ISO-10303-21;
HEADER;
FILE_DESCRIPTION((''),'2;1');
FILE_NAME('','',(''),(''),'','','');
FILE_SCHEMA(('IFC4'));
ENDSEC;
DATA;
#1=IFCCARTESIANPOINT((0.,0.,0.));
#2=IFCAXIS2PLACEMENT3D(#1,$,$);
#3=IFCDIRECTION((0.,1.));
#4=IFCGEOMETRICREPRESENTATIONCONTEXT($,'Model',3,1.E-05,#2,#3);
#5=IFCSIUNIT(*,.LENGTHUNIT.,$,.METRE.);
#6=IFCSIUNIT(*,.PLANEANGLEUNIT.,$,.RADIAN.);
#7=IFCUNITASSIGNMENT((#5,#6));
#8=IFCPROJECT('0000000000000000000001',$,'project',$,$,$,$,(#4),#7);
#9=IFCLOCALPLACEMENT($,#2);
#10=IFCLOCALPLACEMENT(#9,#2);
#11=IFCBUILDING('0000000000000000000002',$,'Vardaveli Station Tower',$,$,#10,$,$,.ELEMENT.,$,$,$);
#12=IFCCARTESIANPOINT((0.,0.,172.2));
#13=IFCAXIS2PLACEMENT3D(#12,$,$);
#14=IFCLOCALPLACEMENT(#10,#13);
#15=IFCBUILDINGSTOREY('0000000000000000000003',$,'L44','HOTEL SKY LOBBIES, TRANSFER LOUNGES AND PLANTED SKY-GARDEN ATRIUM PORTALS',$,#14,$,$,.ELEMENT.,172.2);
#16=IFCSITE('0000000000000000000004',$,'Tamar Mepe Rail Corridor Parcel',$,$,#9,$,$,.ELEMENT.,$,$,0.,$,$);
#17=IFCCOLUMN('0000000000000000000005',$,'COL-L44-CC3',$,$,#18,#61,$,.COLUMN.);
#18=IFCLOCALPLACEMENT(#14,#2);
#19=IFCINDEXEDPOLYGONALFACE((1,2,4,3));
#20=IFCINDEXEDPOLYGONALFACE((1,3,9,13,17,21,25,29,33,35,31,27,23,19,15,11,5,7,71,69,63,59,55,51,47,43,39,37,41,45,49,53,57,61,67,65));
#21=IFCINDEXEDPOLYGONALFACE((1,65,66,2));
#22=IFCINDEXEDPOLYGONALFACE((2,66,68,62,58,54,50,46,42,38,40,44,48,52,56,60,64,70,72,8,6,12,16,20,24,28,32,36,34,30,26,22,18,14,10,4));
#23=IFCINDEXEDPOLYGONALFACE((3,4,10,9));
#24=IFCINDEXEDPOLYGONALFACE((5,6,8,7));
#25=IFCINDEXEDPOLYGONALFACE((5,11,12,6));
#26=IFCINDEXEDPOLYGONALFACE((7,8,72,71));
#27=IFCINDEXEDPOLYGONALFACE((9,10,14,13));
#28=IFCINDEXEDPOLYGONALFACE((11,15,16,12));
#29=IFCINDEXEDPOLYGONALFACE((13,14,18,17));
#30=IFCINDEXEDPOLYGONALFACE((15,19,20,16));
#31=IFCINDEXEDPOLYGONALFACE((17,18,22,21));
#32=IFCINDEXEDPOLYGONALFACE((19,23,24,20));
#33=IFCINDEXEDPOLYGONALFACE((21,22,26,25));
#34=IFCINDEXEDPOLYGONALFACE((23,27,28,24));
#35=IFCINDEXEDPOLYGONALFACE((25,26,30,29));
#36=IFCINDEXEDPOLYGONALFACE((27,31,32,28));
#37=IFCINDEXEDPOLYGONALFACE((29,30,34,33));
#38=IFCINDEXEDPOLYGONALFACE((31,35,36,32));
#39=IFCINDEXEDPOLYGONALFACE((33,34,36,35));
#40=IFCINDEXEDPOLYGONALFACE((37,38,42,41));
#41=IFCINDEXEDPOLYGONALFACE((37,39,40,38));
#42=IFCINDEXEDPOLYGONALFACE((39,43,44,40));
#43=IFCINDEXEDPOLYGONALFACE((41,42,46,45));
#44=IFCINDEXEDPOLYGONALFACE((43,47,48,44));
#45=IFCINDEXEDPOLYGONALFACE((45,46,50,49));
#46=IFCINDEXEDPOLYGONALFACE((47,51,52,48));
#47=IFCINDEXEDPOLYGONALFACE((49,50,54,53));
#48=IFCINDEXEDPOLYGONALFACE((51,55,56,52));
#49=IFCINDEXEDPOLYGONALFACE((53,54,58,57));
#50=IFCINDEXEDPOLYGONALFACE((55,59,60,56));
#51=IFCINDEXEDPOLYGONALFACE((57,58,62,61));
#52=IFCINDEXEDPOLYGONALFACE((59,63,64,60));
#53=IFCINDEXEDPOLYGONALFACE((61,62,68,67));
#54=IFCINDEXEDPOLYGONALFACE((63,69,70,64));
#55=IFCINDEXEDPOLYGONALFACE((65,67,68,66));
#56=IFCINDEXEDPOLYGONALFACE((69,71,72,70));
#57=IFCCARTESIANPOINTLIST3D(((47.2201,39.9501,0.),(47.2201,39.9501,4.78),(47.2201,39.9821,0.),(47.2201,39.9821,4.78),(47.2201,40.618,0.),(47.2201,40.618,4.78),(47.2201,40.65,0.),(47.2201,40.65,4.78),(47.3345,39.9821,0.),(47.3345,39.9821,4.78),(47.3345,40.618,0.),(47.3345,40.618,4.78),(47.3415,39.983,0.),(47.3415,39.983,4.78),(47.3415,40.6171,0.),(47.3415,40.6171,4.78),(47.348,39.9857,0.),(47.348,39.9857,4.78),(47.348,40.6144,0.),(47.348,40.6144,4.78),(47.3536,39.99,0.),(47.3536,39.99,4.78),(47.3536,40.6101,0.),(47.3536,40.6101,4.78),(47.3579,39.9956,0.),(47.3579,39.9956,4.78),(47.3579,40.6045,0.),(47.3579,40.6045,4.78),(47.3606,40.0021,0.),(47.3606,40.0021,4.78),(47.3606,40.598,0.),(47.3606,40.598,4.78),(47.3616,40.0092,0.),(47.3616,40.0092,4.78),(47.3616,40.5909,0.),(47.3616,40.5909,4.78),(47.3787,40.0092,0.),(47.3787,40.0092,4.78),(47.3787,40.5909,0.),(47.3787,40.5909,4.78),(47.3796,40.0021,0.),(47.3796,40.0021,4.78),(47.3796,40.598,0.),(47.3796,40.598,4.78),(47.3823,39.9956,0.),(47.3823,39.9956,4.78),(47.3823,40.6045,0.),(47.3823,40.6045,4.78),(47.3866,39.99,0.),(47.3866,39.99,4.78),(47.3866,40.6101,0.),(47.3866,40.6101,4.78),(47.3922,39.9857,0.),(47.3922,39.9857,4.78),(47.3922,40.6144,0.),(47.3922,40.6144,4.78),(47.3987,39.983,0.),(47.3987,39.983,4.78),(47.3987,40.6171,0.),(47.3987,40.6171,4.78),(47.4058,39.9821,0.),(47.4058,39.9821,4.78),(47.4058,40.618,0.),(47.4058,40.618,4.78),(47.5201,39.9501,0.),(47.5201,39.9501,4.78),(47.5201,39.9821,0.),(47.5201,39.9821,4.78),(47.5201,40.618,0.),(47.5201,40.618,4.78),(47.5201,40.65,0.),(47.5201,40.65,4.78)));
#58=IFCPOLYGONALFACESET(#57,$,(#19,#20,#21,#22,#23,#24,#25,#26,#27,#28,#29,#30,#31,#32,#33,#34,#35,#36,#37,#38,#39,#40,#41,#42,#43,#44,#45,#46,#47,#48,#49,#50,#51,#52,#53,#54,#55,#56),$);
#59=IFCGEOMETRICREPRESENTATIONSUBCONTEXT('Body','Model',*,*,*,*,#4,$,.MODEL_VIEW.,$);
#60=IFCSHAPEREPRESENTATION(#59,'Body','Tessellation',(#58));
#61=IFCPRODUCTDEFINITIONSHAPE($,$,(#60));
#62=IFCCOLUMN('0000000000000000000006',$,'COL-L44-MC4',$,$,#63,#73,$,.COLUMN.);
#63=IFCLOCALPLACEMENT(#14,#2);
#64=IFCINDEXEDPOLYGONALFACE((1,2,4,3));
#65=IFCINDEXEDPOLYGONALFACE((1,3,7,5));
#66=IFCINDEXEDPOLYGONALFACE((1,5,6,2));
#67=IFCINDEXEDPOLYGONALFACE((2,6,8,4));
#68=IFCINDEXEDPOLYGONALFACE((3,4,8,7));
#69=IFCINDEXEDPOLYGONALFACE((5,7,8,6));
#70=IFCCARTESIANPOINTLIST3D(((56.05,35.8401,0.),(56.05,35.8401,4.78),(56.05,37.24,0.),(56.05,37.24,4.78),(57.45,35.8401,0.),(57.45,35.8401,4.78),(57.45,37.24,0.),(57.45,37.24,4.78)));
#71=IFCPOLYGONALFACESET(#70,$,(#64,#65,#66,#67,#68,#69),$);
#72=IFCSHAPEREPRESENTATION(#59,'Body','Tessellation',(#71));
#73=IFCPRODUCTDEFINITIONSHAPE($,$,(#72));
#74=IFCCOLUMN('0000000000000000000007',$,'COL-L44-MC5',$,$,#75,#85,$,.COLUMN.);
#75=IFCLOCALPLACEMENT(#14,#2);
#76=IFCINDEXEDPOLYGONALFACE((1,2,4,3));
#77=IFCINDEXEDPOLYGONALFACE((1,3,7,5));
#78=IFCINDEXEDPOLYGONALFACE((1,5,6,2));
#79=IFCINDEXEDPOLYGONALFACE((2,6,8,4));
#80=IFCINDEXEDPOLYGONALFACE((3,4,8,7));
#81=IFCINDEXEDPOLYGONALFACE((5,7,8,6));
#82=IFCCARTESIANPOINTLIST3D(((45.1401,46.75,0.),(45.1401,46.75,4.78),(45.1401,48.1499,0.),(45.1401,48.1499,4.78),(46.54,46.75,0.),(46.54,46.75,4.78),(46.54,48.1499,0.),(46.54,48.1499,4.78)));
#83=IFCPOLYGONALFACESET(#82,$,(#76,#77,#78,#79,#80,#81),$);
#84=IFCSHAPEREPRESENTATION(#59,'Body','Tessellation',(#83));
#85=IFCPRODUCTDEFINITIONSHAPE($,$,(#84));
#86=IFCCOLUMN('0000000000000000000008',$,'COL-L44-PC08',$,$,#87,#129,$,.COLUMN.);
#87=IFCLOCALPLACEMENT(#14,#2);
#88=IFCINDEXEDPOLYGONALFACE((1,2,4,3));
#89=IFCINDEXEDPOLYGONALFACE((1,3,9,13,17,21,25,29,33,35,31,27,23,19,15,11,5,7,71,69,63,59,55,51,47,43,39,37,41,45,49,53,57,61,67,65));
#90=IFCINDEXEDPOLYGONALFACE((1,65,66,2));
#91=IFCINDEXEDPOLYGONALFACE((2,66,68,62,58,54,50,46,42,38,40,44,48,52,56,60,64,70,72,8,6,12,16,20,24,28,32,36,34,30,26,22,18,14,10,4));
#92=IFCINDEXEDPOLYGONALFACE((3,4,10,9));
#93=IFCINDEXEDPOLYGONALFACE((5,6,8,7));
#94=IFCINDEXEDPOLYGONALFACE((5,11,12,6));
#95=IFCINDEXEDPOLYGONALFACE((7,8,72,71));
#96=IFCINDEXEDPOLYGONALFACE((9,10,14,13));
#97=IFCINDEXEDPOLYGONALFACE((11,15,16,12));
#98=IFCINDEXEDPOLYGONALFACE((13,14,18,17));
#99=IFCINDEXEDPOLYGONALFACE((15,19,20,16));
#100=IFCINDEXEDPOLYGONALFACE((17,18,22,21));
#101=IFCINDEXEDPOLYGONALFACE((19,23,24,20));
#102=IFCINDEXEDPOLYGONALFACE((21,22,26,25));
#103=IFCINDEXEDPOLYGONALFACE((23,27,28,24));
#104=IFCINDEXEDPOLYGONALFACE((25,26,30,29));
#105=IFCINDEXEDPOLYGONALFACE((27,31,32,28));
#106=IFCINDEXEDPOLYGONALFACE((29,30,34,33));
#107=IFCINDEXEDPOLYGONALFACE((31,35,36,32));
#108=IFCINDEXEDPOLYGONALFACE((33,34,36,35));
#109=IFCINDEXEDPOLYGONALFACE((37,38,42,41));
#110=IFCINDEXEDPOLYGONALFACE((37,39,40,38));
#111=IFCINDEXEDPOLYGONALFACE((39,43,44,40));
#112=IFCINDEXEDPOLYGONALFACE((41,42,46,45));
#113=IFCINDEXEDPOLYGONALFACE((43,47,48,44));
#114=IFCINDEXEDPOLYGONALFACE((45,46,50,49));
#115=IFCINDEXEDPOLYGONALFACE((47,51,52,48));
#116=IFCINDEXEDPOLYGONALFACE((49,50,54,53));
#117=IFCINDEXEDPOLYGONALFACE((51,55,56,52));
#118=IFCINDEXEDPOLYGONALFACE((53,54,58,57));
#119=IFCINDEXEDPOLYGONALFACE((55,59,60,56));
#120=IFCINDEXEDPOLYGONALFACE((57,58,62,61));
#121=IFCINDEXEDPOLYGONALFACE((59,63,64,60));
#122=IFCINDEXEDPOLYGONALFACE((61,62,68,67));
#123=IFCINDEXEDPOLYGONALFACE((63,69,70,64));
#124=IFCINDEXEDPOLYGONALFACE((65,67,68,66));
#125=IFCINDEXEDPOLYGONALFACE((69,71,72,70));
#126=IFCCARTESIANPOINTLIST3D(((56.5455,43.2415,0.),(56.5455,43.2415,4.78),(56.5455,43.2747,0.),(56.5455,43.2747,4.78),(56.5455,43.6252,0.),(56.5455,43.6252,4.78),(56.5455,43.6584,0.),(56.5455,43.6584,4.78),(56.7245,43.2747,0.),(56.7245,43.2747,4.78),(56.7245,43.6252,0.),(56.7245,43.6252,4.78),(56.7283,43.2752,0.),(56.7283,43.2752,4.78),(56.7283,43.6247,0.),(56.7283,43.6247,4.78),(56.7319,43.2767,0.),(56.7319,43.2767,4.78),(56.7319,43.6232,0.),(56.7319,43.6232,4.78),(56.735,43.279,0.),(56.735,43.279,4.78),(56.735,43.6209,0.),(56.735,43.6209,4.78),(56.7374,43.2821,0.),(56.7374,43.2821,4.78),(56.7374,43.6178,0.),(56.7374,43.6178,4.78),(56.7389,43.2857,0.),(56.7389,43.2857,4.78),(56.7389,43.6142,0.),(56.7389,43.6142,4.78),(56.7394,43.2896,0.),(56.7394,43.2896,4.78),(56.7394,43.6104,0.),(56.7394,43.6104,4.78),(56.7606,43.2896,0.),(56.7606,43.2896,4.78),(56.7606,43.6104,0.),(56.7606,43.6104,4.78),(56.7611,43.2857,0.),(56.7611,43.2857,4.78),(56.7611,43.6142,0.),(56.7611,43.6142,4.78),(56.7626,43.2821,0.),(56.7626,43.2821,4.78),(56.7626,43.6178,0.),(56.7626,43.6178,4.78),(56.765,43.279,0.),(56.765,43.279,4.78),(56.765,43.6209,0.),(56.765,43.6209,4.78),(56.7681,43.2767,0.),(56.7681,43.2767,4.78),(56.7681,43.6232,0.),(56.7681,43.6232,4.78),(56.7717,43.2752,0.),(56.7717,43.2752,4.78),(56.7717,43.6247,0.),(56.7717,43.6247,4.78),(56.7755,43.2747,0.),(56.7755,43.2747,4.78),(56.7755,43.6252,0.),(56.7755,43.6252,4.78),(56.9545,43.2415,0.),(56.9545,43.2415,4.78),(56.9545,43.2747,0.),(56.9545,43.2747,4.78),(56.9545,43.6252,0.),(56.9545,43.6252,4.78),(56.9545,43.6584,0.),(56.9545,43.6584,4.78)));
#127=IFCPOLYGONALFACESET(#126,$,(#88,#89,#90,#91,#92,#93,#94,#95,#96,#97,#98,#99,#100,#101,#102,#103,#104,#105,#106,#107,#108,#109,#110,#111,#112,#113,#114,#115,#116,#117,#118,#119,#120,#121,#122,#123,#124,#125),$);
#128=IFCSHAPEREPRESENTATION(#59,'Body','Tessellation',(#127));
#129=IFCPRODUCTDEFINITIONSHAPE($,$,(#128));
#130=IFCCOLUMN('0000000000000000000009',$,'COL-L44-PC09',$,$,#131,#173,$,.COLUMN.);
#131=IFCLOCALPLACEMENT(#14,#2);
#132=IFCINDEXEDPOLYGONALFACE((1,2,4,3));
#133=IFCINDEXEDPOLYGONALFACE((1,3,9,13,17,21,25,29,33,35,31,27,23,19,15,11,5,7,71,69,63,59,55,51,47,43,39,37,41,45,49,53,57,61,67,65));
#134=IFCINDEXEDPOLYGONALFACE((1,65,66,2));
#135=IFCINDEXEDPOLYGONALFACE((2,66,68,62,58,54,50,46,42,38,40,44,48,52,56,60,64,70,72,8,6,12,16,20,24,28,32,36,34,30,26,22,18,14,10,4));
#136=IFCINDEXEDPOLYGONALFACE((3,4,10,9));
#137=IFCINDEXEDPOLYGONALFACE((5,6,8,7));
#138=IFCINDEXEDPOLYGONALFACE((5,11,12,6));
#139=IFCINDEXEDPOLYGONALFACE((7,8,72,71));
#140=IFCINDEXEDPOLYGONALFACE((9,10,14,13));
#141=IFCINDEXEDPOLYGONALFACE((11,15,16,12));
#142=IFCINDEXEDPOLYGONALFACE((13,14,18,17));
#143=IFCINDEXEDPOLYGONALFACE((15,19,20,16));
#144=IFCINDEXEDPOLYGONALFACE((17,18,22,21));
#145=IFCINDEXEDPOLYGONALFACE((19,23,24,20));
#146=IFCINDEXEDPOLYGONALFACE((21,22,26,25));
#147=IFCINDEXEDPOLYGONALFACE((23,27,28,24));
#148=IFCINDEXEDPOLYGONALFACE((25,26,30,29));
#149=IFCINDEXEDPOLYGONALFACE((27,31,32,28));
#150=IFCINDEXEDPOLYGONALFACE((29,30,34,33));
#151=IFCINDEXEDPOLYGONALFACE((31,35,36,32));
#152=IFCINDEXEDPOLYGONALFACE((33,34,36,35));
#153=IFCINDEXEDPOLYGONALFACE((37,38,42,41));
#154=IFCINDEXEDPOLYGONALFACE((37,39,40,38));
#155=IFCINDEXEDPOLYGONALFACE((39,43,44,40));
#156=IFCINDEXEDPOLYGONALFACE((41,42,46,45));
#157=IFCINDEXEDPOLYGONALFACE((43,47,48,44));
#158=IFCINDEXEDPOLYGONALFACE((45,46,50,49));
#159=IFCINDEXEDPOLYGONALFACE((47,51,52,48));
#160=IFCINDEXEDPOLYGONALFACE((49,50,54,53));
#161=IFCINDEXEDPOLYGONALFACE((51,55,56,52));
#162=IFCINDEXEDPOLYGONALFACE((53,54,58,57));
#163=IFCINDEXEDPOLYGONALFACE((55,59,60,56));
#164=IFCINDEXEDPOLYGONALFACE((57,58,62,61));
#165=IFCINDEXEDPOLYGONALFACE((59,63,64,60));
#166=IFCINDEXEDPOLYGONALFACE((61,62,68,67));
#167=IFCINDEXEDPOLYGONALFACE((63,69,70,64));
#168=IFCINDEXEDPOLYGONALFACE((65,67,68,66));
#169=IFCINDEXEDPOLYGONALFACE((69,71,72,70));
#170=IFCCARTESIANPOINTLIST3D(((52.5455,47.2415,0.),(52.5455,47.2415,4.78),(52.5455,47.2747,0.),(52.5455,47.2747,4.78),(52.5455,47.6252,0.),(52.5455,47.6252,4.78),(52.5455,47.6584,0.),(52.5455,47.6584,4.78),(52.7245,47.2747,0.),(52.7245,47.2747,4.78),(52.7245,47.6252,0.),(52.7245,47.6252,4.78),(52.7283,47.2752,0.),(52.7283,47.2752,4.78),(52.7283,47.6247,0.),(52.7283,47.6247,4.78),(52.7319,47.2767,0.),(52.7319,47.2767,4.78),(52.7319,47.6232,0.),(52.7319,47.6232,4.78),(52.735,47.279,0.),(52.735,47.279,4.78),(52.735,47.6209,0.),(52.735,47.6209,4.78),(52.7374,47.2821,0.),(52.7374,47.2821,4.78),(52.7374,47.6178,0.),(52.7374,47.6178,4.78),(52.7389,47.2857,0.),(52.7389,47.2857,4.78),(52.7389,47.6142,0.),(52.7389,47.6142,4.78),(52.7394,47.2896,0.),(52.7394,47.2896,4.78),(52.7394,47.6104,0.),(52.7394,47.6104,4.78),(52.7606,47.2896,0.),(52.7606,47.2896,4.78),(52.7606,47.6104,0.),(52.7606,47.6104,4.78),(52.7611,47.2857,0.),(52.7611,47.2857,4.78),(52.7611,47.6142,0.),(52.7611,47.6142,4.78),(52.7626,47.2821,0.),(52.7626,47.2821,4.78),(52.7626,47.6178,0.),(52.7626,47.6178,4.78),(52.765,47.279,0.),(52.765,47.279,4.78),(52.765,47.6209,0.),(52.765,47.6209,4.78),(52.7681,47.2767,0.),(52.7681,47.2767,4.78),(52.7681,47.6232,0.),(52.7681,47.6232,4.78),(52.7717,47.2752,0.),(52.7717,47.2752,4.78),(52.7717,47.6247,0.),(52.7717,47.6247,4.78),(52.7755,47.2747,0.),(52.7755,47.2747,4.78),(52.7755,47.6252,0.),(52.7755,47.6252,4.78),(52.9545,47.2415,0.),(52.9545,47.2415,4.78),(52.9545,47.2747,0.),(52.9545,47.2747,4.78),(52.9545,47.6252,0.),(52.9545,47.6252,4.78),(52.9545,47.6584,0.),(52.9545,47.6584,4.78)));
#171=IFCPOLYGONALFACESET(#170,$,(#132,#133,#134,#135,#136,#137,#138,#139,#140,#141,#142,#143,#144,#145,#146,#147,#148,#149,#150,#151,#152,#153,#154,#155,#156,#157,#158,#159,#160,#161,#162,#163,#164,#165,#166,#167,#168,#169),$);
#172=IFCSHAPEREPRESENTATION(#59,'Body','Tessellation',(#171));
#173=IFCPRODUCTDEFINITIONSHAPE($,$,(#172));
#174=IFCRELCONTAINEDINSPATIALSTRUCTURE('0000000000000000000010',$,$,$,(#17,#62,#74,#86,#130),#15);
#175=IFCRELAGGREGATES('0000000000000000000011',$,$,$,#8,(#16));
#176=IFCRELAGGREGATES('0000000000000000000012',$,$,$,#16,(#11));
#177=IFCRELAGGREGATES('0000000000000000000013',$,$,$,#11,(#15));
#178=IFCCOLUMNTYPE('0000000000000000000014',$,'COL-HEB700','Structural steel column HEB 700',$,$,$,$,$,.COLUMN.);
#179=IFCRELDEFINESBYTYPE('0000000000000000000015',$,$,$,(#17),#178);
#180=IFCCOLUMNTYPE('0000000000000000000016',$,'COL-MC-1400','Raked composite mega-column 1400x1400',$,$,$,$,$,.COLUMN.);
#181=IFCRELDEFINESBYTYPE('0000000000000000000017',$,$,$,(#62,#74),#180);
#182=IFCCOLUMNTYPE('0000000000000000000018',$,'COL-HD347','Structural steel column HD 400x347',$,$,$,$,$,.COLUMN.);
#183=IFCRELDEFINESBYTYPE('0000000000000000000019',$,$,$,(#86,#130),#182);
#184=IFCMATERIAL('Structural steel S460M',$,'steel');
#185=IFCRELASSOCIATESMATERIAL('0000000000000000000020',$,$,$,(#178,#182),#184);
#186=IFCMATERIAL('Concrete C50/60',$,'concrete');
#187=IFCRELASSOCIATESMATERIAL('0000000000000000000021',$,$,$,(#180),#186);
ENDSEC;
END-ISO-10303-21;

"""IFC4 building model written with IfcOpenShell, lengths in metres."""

from ifc_helpers import new_model, si_unit, direction, frame, origin, origin_2d, place, context, subcontext, project, spatial, rectangle, i_section, extrude, source, transform, mapped, material, material_profile, profile_set, type_object, element, save


model = new_model("IFC4")

# Units and contexts
model_context = context("Model", 3, precision=1e-05, world=origin(), true_north=direction((0.0, 1.0)))
body_context = subcontext(model_context, "Body", "Model", "MODEL_VIEW")
ifc_project = project(units=[si_unit("LENGTHUNIT", "METRE"), si_unit("PLANEANGLEUNIT", "RADIAN")], contexts=[model_context])

# Site, building, storey
site_placement = place(None, origin())
site = spatial("IfcSite", under=ifc_project, at=site_placement, Name="Tamar Mepe Rail Corridor Parcel", CompositionType="ELEMENT", RefElevation=0.0)
building_placement = place(site_placement, origin())
building = spatial("IfcBuilding", under=site, at=building_placement, Name="Vardaveli Station Tower", CompositionType="ELEMENT")
storey_placement = place(building_placement, frame((0.0, 0.0, 172.2)))
storey = spatial("IfcBuildingStorey", under=building, at=storey_placement, Name="L44", Description="HOTEL SKY LOBBIES, TRANSFER LOUNGES AND PLANTED SKY-GARDEN ATRIUM PORTALS", CompositionType="ELEMENT", Elevation=172.2)

# Columns
ifc_material_1 = material(Name="Structural steel S460M", Category="steel")
ifc_material_profile_1 = material_profile(ifc_material_1, i_section(OverallWidth=0.3, OverallDepth=0.7, WebThickness=0.0171, FlangeThickness=0.032, FilletRadius=0.0271, at=origin_2d()), Name="HEB 700")
ifc_profile_set_1 = profile_set([ifc_material_profile_1], Name="Structural steel S460M")
column_type_1 = type_object("IfcColumnType", Name="COL-HEB700", Description="Structural steel column HEB 700", PredefinedType="COLUMN", material=ifc_profile_set_1)
shared_shape_1 = source(origin(), body_context, "Body", "SweptSolid", [
    extrude(i_section(OverallWidth=0.3, OverallDepth=0.7, WebThickness=0.0171, FlangeThickness=0.032, FilletRadius=0.0271, at=origin_2d()), origin(), (0.0, 0.0, 1.0), 4.78),
])
column_placement = place(storey_placement, frame((47.3701, 40.3, 0.0), z_axis=(0.0, 0.0, 1.0), x_axis=(1.0, 0.0, 0.0)))
element("IfcColumn", 1, at=column_placement, inside=storey, type_object=column_type_1, Name="COL-L44-CC3", PredefinedType="COLUMN", context=body_context, shape_type="MappedRepresentation", body=[
    mapped(shared_shape_1, transform((0.0, 0.0, 0.0), scale=1.0)),
])
ifc_material_2 = material(Name="Concrete C50/60", Category="concrete")
ifc_material_profile_2 = material_profile(ifc_material_2, rectangle(XDim=1.3999, YDim=1.3999, at=origin_2d()), Name="MC 1400x1400")
ifc_profile_set_2 = profile_set([ifc_material_profile_2], Name="Concrete C50/60")
column_type_2 = type_object("IfcColumnType", Name="COL-MC-1400", Description="Raked composite mega-column 1400x1400", PredefinedType="COLUMN", material=ifc_profile_set_2)
shared_shape_2 = source(origin(), body_context, "Body", "SweptSolid", [
    extrude(rectangle(XDim=1.3999, YDim=1.3999, at=origin_2d()), origin(), (0.0, 0.0, 1.0), 4.78),
])
for number, where, z_axis, x_axis, name in (
    (2, (56.75, 36.54, 0.0), (0.0, 0.0, 1.0), (1.0, 0.0, 0.0), "COL-L44-MC4"),
    (3, (45.8401, 47.45, 0.0), (0.0, 0.0, 1.0), (1.0, 0.0, 0.0), "COL-L44-MC5"),
):
    element("IfcColumn", number, at=place(storey_placement, frame(where, z_axis=z_axis, x_axis=x_axis)), inside=storey, type_object=column_type_2, Name=name, PredefinedType="COLUMN", context=body_context, shape_type="MappedRepresentation", body=[
        mapped(shared_shape_2, transform((0.0, 0.0, 0.0), scale=1.0)),
    ])
ifc_material_profile_3 = material_profile(ifc_material_1, i_section(OverallWidth=0.4089, OverallDepth=0.417, WebThickness=0.0212, FlangeThickness=0.0332, FilletRadius=0.0149, at=origin_2d()), Name="HD 400x347")
ifc_profile_set_3 = profile_set([ifc_material_profile_3], Name="Structural steel S460M")
column_type_3 = type_object("IfcColumnType", Name="COL-HD347", Description="Structural steel column HD 400x347", PredefinedType="COLUMN", material=ifc_profile_set_3)
shared_shape_3 = source(origin(), body_context, "Body", "SweptSolid", [
    extrude(i_section(OverallWidth=0.4089, OverallDepth=0.417, WebThickness=0.0212, FlangeThickness=0.0332, FilletRadius=0.0149, at=origin_2d()), origin(), (0.0, 0.0, 1.0), 4.78),
])
for number, where, z_axis, x_axis, name in (
    (4, (56.75, 43.45, 0.0), (0.0, 0.0, 1.0), (1.0, 0.0, 0.0), "COL-L44-PC08"),
    (5, (52.75, 47.45, 0.0), (0.0, 0.0, 1.0), (1.0, 0.0, 0.0), "COL-L44-PC09"),
):
    element("IfcColumn", number, at=place(storey_placement, frame(where, z_axis=z_axis, x_axis=x_axis)), inside=storey, type_object=column_type_3, Name=name, PredefinedType="COLUMN", context=body_context, shape_type="MappedRepresentation", body=[
        mapped(shared_shape_3, transform((0.0, 0.0, 0.0), scale=1.0)),
    ])

save(model, "model.ifc")
